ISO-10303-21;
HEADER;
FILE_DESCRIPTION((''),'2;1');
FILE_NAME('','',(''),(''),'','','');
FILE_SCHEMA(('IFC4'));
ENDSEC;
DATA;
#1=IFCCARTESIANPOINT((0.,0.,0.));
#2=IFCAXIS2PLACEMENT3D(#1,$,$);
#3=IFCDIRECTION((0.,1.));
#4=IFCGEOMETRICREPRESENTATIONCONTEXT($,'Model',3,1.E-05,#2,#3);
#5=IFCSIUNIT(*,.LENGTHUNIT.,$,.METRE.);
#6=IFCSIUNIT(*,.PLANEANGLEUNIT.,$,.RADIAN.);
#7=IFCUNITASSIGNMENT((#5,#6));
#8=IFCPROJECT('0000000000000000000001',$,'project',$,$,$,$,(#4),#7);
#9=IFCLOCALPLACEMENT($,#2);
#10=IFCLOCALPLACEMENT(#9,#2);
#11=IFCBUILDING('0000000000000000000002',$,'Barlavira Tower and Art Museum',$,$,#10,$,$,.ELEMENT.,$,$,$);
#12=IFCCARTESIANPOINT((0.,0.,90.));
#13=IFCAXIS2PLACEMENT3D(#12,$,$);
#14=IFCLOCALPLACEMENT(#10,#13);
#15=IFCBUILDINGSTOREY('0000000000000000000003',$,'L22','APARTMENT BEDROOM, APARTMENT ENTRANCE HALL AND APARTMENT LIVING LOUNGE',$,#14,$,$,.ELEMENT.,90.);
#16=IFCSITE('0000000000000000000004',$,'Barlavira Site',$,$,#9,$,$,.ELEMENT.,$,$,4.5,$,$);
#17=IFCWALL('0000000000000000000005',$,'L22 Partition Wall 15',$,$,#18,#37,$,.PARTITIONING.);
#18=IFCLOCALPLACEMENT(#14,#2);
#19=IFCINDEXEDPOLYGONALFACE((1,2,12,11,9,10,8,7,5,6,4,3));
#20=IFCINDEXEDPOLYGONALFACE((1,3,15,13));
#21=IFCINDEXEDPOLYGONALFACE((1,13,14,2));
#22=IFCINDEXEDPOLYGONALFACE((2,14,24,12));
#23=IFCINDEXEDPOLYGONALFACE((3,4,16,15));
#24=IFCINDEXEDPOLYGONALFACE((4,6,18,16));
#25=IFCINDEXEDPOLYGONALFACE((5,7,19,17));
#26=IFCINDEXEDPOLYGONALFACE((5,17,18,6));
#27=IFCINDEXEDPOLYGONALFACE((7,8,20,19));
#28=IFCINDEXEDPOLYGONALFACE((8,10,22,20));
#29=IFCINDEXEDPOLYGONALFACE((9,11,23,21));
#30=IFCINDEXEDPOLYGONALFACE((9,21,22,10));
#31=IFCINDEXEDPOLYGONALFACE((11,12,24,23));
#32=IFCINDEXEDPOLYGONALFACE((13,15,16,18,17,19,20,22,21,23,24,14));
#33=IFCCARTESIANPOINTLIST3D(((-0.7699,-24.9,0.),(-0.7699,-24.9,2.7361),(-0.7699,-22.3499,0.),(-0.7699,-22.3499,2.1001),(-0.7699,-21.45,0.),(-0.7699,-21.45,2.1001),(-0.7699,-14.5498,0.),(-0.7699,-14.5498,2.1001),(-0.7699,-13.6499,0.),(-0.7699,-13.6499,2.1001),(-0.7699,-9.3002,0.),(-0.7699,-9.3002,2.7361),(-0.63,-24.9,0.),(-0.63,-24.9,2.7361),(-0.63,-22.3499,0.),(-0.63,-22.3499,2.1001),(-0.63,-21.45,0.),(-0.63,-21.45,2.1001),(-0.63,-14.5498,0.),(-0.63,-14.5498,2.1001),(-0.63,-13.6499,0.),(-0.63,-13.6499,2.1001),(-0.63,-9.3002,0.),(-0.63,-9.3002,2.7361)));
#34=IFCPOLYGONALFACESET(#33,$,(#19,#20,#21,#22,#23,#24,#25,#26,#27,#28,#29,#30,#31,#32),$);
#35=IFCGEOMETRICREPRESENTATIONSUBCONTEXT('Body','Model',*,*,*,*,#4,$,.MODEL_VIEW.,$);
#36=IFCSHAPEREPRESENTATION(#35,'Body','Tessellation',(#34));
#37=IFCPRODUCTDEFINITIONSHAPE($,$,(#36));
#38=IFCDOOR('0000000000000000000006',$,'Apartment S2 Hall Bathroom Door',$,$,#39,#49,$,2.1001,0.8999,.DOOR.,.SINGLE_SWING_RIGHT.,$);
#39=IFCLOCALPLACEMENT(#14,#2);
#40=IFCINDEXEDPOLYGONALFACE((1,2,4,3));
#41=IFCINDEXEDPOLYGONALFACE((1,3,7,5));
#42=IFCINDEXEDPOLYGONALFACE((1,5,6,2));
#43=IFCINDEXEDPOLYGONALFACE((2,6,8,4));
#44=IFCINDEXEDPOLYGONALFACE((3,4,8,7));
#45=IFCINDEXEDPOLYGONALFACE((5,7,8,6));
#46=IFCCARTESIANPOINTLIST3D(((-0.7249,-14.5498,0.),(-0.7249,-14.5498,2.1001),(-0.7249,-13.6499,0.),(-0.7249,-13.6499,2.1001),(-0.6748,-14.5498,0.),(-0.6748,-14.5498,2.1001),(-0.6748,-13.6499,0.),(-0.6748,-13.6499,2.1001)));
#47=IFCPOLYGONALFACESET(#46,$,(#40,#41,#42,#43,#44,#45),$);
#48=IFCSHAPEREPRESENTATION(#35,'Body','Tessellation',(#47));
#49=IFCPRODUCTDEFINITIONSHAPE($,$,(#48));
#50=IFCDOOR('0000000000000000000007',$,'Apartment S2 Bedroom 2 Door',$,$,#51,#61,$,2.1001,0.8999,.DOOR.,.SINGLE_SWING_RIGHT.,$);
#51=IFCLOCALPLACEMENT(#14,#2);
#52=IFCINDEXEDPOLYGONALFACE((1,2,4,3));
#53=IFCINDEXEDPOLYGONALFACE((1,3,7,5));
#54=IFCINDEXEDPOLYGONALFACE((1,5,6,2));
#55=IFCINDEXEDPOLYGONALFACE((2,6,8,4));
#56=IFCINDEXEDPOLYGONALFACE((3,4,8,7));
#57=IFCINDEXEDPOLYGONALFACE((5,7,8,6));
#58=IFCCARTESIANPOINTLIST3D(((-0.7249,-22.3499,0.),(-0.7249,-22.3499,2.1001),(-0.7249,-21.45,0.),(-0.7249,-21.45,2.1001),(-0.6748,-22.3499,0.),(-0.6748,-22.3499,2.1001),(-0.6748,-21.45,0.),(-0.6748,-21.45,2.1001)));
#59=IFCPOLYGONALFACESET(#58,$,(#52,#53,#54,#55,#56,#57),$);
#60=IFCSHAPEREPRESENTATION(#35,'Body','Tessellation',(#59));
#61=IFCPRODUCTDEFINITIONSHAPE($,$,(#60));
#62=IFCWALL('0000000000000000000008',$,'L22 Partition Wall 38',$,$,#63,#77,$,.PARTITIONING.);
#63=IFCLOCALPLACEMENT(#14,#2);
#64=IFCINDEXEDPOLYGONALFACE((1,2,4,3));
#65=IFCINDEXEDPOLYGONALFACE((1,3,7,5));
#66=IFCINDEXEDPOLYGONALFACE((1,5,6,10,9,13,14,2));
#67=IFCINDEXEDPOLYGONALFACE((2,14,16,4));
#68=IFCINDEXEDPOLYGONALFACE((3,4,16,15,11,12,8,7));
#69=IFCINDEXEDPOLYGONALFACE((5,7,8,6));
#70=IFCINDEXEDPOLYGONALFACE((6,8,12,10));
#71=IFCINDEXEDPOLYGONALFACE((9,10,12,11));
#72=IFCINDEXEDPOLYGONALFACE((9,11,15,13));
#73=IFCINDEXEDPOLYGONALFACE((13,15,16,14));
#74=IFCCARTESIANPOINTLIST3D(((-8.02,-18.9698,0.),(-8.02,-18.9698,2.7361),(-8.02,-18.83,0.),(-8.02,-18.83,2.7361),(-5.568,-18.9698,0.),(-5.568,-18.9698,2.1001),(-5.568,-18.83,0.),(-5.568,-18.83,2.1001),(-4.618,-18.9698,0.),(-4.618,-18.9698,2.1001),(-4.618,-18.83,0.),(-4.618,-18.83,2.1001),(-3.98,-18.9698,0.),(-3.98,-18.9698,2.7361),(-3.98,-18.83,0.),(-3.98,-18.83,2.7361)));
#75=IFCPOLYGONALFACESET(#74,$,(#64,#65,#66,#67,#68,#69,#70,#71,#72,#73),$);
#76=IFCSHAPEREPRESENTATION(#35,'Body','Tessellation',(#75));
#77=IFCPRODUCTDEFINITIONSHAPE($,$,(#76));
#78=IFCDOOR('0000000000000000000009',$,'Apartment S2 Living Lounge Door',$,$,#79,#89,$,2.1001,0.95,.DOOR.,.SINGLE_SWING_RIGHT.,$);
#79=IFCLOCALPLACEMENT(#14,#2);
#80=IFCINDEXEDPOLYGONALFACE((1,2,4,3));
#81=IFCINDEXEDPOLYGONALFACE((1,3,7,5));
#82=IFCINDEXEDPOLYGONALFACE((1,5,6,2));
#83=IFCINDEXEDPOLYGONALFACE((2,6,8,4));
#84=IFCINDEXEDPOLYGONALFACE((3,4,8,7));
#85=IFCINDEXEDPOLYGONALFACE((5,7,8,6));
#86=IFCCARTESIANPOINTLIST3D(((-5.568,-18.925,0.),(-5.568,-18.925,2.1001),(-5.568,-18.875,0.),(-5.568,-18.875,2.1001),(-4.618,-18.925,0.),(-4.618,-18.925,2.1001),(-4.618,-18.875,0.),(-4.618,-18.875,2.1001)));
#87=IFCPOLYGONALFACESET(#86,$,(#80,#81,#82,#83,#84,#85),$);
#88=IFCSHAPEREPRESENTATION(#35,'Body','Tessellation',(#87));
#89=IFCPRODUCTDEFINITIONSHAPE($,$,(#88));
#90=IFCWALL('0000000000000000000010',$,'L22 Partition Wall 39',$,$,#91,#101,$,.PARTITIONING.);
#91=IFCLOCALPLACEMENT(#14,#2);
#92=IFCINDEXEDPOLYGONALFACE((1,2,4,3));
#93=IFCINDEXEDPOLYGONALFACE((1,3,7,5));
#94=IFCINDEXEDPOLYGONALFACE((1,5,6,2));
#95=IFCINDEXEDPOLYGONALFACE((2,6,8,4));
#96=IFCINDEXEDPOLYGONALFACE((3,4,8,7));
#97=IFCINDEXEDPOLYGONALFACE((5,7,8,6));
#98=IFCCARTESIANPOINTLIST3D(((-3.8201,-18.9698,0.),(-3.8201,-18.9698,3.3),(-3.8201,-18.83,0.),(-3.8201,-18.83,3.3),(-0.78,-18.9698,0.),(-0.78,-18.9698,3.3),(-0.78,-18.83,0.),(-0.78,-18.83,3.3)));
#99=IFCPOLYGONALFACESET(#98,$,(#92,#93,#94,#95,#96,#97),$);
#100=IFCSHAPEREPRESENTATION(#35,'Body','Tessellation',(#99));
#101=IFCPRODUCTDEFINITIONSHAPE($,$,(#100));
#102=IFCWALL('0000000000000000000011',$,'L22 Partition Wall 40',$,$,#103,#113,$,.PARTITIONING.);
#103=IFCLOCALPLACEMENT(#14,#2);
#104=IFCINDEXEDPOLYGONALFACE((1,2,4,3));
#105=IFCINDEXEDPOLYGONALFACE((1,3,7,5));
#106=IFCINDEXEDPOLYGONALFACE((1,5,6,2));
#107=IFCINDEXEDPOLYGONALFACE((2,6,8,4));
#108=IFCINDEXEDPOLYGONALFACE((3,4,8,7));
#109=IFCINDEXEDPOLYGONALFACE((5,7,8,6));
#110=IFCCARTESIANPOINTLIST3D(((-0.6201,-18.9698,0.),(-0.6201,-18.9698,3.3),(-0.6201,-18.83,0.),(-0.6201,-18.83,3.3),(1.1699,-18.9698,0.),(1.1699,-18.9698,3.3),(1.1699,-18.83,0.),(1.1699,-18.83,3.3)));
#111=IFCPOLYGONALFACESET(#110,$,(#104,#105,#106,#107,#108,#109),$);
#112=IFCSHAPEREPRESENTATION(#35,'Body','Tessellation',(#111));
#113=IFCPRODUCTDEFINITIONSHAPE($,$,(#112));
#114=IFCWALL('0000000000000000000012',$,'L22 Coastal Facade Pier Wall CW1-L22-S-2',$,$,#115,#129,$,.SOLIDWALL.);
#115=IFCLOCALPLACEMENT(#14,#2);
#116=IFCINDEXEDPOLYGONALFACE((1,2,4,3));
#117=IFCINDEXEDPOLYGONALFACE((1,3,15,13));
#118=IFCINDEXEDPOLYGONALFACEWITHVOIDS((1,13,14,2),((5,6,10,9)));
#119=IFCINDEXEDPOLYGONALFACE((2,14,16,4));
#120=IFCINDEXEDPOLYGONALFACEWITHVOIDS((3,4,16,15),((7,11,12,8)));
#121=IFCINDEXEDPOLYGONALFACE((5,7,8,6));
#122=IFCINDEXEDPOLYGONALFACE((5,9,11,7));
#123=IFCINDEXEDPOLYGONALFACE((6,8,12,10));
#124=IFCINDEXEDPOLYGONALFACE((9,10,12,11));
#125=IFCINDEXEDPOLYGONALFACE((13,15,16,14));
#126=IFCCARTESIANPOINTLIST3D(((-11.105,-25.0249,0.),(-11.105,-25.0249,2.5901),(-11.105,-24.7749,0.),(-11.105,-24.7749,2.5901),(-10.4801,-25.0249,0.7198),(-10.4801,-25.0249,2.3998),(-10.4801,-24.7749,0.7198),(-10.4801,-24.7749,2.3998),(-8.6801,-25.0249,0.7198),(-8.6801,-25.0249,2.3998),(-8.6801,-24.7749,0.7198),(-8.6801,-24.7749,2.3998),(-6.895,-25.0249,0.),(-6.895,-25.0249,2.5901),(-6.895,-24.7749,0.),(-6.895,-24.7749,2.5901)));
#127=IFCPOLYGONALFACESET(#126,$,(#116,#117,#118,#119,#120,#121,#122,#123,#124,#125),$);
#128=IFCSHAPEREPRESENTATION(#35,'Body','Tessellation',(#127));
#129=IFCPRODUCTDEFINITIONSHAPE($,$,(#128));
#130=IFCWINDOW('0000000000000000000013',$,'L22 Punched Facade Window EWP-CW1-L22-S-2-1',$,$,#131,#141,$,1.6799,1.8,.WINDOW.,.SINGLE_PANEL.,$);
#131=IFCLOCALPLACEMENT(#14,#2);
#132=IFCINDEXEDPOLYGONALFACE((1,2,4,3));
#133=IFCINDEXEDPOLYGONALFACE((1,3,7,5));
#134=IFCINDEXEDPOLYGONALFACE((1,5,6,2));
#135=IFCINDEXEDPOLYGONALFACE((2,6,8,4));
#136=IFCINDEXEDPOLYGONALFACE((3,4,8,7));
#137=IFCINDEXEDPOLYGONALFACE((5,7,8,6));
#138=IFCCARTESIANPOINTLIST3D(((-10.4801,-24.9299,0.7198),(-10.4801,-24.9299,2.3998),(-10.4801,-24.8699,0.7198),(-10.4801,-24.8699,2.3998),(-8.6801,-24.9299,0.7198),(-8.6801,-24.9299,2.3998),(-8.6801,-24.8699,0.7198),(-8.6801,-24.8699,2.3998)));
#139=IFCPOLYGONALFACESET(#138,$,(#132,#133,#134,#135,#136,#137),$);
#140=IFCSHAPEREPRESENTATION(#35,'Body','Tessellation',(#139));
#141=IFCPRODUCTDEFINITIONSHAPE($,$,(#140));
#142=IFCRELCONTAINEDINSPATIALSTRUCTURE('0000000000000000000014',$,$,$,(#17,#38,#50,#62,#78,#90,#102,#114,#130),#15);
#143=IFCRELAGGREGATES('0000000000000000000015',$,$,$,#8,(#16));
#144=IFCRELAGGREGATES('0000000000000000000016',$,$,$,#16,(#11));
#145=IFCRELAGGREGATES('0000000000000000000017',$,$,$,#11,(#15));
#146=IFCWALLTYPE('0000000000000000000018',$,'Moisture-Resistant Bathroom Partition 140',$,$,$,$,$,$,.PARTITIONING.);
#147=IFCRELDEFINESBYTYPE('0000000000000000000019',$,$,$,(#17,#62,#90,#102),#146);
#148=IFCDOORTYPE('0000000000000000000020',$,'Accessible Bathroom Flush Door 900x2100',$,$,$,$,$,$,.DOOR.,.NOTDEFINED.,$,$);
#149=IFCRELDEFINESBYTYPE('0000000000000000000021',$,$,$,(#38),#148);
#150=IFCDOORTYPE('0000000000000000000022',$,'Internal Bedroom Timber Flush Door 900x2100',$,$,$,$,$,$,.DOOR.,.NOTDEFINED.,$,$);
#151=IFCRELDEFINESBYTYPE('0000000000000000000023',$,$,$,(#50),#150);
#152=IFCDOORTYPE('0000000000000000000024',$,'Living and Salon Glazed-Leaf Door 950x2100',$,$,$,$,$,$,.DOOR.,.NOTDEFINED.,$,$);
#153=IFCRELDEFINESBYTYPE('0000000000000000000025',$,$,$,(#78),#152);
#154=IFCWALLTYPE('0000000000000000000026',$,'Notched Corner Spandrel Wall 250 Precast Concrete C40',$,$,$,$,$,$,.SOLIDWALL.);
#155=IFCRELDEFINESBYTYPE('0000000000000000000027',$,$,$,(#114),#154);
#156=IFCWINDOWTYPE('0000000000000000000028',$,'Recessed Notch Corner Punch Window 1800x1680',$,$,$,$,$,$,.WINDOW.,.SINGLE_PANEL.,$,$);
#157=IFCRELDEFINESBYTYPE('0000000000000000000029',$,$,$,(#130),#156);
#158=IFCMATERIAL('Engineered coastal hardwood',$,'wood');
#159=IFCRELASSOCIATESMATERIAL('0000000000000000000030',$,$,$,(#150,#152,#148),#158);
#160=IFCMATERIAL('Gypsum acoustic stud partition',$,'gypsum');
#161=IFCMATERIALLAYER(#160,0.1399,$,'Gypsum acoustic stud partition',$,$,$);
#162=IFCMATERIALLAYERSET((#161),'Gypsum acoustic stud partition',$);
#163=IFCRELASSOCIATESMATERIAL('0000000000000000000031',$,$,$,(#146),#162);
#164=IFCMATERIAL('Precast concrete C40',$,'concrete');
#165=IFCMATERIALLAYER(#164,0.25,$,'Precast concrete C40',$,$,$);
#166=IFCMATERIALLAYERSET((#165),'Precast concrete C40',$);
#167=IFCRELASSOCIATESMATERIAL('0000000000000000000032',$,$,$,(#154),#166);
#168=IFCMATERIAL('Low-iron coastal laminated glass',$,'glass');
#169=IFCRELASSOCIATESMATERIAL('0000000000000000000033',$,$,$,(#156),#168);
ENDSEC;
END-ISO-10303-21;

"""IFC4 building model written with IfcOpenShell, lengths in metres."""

from ifc_helpers import new_model, si_unit, direction, frame, frame_2d, origin, place, context, subcontext, project, spatial, rectangle, extrude, material, layer, layer_set, type_object, element, fill, save


model = new_model("IFC4")

# Units and contexts
model_context = context("Model", 3, precision=1e-05, world=origin(), true_north=direction((0.0, 1.0)))
body_context = subcontext(model_context, "Body", "Model", "MODEL_VIEW")
ifc_project = project(units=[si_unit("LENGTHUNIT", "METRE"), si_unit("PLANEANGLEUNIT", "RADIAN")], contexts=[model_context])

# Site, building, storey
site_placement = place(None, origin())
site = spatial("IfcSite", under=ifc_project, at=site_placement, Name="Barlavira Site", CompositionType="ELEMENT", RefElevation=4.5)
building_placement = place(site_placement, origin())
building = spatial("IfcBuilding", under=site, at=building_placement, Name="Barlavira Tower and Art Museum", CompositionType="ELEMENT")
storey_placement = place(building_placement, frame((0.0, 0.0, 90.0)))
storey = spatial("IfcBuildingStorey", under=building, at=storey_placement, Name="L22", Description="APARTMENT BEDROOM, APARTMENT ENTRANCE HALL AND APARTMENT LIVING LOUNGE", CompositionType="ELEMENT", Elevation=90.0)

# Shared definitions
ifc_material_1 = material(Name="Low-iron coastal laminated glass", Category="glass")

# Shared definitions
ifc_material_2 = material(Name="Gypsum acoustic stud partition", Category="gypsum")
ifc_material_3 = material(Name="Engineered coastal hardwood", Category="wood")
door_type_1 = type_object("IfcDoorType", Name="Internal Bedroom Timber Flush Door 900x2100", OperationType="NOTDEFINED", PredefinedType="DOOR", material=ifc_material_3)
door_type_2 = type_object("IfcDoorType", Name="Living and Salon Glazed-Leaf Door 950x2100", OperationType="NOTDEFINED", PredefinedType="DOOR", material=ifc_material_3)

# Wall, openings, doors
ifc_layer_1 = layer(ifc_material_2, 0.1399, Name="Gypsum acoustic stud partition")
ifc_layer_set_1 = layer_set([ifc_layer_1], Name="Gypsum acoustic stud partition")
wall_type_1 = type_object("IfcWallType", Name="Moisture-Resistant Bathroom Partition 140", PredefinedType="PARTITIONING", material=ifc_layer_set_1)
wall_1_placement = place(storey_placement, frame((-0.7, -24.8999, 0.0), z_axis=(0.0, 0.0, 1.0), x_axis=(0.0, 1.0, 0.0)))
wall_1 = element("IfcWall", 1, at=wall_1_placement, inside=storey, type_object=wall_type_1, Name="L22 Partition Wall 15", PredefinedType="PARTITIONING", context=body_context, shape_type="SweptSolid", body=[
    extrude(rectangle(XDim=15.5999, YDim=0.1399, at=frame_2d((7.7998, 0.0))), origin(), (0.0, 0.0, 1.0), 2.7361),
])
opening_1_placement = place(wall_1_placement, frame((10.3501, 0.0, 0.0)))
opening_1 = element("IfcOpeningElement", 2, at=opening_1_placement, cuts=wall_1, PredefinedType="OPENING", context=body_context, shape_type="SweptSolid", body=[
    extrude(rectangle(XDim=0.8999, YDim=2.1001, at=frame_2d((0.45, 1.05))), frame((0.0, 0.0801, 0.0), z_axis=(0.0, -1.0, 0.0), x_axis=(1.0, 0.0, 0.0)), (0.0, 0.0, 1.0), 0.1599),
])
opening_2_placement = place(wall_1_placement, frame((2.55, 0.0, 0.0)))
opening_2 = element("IfcOpeningElement", 3, at=opening_2_placement, cuts=wall_1, PredefinedType="OPENING", context=body_context, shape_type="SweptSolid", body=[
    extrude(rectangle(XDim=0.8999, YDim=2.1001, at=frame_2d((0.45, 1.05))), frame((0.0, 0.0801, 0.0), z_axis=(0.0, -1.0, 0.0), x_axis=(1.0, 0.0, 0.0)), (0.0, 0.0, 1.0), 0.1599),
])
door_type_3 = type_object("IfcDoorType", Name="Accessible Bathroom Flush Door 900x2100", OperationType="NOTDEFINED", PredefinedType="DOOR", material=ifc_material_3)
door_1_placement = place(opening_1_placement, origin())
door_1 = element("IfcDoor", 4, at=door_1_placement, inside=storey, type_object=door_type_3, Name="Apartment S2 Hall Bathroom Door", OperationType="SINGLE_SWING_RIGHT", OverallHeight=2.1001, OverallWidth=0.8999, PredefinedType="DOOR", context=body_context, shape_type="SweptSolid", body=[
    extrude(rectangle(XDim=0.8999, YDim=2.1001, at=frame_2d((0.45, 1.05))), frame((0.0, 0.0249, 0.0), z_axis=(0.0, -1.0, 0.0), x_axis=(1.0, 0.0, 0.0)), (0.0, 0.0, 1.0), 0.05),
])
fill(opening_1, door_1)
door_2_placement = place(opening_2_placement, origin())
door_2 = element("IfcDoor", 5, at=door_2_placement, inside=storey, type_object=door_type_1, Name="Apartment S2 Bedroom 2 Door", OperationType="SINGLE_SWING_RIGHT", OverallHeight=2.1001, OverallWidth=0.8999, PredefinedType="DOOR", context=body_context, shape_type="SweptSolid", body=[
    extrude(rectangle(XDim=0.8999, YDim=2.1001, at=frame_2d((0.45, 1.05))), frame((0.0, 0.0249, 0.0), z_axis=(0.0, -1.0, 0.0), x_axis=(1.0, 0.0, 0.0)), (0.0, 0.0, 1.0), 0.05),
])
fill(opening_2, door_2)

# Wall, opening, door
wall_2_placement = place(storey_placement, frame((-8.02, -18.8999, 0.0), z_axis=(0.0, 0.0, 1.0), x_axis=(1.0, 0.0, 0.0)))
wall_2 = element("IfcWall", 6, at=wall_2_placement, inside=storey, type_object=wall_type_1, Name="L22 Partition Wall 38", PredefinedType="PARTITIONING", context=body_context, shape_type="SweptSolid", body=[
    extrude(rectangle(XDim=4.04, YDim=0.1399, at=frame_2d((2.02, 0.0))), origin(), (0.0, 0.0, 1.0), 2.7361),
])
opening_3_placement = place(wall_2_placement, frame((2.4519, 0.0, 0.0)))
opening_3 = element("IfcOpeningElement", 7, at=opening_3_placement, cuts=wall_2, PredefinedType="OPENING", context=body_context, shape_type="SweptSolid", body=[
    extrude(rectangle(XDim=0.95, YDim=2.1001, at=frame_2d((0.4751, 1.05))), frame((0.0, 0.0801, 0.0), z_axis=(0.0, -1.0, 0.0), x_axis=(1.0, 0.0, 0.0)), (0.0, 0.0, 1.0), 0.1599),
])
door_3_placement = place(opening_3_placement, origin())
door_3 = element("IfcDoor", 8, at=door_3_placement, inside=storey, type_object=door_type_2, Name="Apartment S2 Living Lounge Door", OperationType="SINGLE_SWING_RIGHT", OverallHeight=2.1001, OverallWidth=0.95, PredefinedType="DOOR", context=body_context, shape_type="SweptSolid", body=[
    extrude(rectangle(XDim=0.95, YDim=2.1001, at=frame_2d((0.4751, 1.05))), frame((0.0, 0.0249, 0.0), z_axis=(0.0, -1.0, 0.0), x_axis=(1.0, 0.0, 0.0)), (0.0, 0.0, 1.0), 0.05),
])
fill(opening_3, door_3)

# Walls
wall_3_placement = place(storey_placement, frame((-3.8201, -18.8999, 0.0), z_axis=(0.0, 0.0, 1.0), x_axis=(1.0, 0.0, 0.0)))
element("IfcWall", 9, at=wall_3_placement, inside=storey, type_object=wall_type_1, Name="L22 Partition Wall 39", PredefinedType="PARTITIONING", context=body_context, shape_type="SweptSolid", body=[
    extrude(rectangle(XDim=3.04, YDim=0.1399, at=frame_2d((1.52, 0.0))), origin(), (0.0, 0.0, 1.0), 3.3),
])
wall_4_placement = place(storey_placement, frame((-0.6201, -18.8999, 0.0), z_axis=(0.0, 0.0, 1.0), x_axis=(1.0, 0.0, 0.0)))
element("IfcWall", 10, at=wall_4_placement, inside=storey, type_object=wall_type_1, Name="L22 Partition Wall 40", PredefinedType="PARTITIONING", context=body_context, shape_type="SweptSolid", body=[
    extrude(rectangle(XDim=1.79, YDim=0.1399, at=frame_2d((0.895, 0.0))), origin(), (0.0, 0.0, 1.0), 3.3),
])

# Wall, opening, window
ifc_material_4 = material(Name="Precast concrete C40", Category="concrete")
ifc_layer_2 = layer(ifc_material_4, 0.25, Name="Precast concrete C40")
ifc_layer_set_2 = layer_set([ifc_layer_2], Name="Precast concrete C40")
wall_type_2 = type_object("IfcWallType", Name="Notched Corner Spandrel Wall 250 Precast Concrete C40", PredefinedType="SOLIDWALL", material=ifc_layer_set_2)
wall_5_placement = place(storey_placement, frame((-11.105, -24.8999, 0.0), z_axis=(0.0, 0.0, 1.0), x_axis=(1.0, 0.0, 0.0)))
wall_5 = element("IfcWall", 11, at=wall_5_placement, inside=storey, type_object=wall_type_2, Name="L22 Coastal Facade Pier Wall CW1-L22-S-2", PredefinedType="SOLIDWALL", context=body_context, shape_type="SweptSolid", body=[
    extrude(rectangle(XDim=4.21, YDim=0.25, at=frame_2d((2.105, 0.0))), origin(), (0.0, 0.0, 1.0), 2.5901),
])
opening_4_placement = place(wall_5_placement, frame((0.625, 0.0, 0.72)))
opening_4 = element("IfcOpeningElement", 12, at=opening_4_placement, cuts=wall_5, PredefinedType="OPENING", context=body_context, shape_type="SweptSolid", body=[
    extrude(rectangle(XDim=1.8, YDim=1.6799, at=frame_2d((0.8999, 0.8398))), frame((0.0, 0.135, 0.0), z_axis=(0.0, -1.0, 0.0), x_axis=(1.0, 0.0, 0.0)), (0.0, 0.0, 1.0), 0.27),
])
window_type = type_object("IfcWindowType", Name="Recessed Notch Corner Punch Window 1800x1680", PartitioningType="SINGLE_PANEL", PredefinedType="WINDOW", material=ifc_material_1)
window_placement = place(opening_4_placement, origin())
window = element("IfcWindow", 13, at=window_placement, inside=storey, type_object=window_type, Name="L22 Punched Facade Window EWP-CW1-L22-S-2-1", OverallHeight=1.6799, OverallWidth=1.8, PartitioningType="SINGLE_PANEL", PredefinedType="WINDOW", context=body_context, shape_type="SweptSolid", body=[
    extrude(rectangle(XDim=1.8, YDim=1.6799, at=frame_2d((0.8999, 0.8398))), frame((0.0, 0.03, 0.0), z_axis=(0.0, -1.0, 0.0), x_axis=(1.0, 0.0, 0.0)), (0.0, 0.0, 1.0), 0.0601),
])
fill(opening_4, window)

save(model, "model.ifc")
